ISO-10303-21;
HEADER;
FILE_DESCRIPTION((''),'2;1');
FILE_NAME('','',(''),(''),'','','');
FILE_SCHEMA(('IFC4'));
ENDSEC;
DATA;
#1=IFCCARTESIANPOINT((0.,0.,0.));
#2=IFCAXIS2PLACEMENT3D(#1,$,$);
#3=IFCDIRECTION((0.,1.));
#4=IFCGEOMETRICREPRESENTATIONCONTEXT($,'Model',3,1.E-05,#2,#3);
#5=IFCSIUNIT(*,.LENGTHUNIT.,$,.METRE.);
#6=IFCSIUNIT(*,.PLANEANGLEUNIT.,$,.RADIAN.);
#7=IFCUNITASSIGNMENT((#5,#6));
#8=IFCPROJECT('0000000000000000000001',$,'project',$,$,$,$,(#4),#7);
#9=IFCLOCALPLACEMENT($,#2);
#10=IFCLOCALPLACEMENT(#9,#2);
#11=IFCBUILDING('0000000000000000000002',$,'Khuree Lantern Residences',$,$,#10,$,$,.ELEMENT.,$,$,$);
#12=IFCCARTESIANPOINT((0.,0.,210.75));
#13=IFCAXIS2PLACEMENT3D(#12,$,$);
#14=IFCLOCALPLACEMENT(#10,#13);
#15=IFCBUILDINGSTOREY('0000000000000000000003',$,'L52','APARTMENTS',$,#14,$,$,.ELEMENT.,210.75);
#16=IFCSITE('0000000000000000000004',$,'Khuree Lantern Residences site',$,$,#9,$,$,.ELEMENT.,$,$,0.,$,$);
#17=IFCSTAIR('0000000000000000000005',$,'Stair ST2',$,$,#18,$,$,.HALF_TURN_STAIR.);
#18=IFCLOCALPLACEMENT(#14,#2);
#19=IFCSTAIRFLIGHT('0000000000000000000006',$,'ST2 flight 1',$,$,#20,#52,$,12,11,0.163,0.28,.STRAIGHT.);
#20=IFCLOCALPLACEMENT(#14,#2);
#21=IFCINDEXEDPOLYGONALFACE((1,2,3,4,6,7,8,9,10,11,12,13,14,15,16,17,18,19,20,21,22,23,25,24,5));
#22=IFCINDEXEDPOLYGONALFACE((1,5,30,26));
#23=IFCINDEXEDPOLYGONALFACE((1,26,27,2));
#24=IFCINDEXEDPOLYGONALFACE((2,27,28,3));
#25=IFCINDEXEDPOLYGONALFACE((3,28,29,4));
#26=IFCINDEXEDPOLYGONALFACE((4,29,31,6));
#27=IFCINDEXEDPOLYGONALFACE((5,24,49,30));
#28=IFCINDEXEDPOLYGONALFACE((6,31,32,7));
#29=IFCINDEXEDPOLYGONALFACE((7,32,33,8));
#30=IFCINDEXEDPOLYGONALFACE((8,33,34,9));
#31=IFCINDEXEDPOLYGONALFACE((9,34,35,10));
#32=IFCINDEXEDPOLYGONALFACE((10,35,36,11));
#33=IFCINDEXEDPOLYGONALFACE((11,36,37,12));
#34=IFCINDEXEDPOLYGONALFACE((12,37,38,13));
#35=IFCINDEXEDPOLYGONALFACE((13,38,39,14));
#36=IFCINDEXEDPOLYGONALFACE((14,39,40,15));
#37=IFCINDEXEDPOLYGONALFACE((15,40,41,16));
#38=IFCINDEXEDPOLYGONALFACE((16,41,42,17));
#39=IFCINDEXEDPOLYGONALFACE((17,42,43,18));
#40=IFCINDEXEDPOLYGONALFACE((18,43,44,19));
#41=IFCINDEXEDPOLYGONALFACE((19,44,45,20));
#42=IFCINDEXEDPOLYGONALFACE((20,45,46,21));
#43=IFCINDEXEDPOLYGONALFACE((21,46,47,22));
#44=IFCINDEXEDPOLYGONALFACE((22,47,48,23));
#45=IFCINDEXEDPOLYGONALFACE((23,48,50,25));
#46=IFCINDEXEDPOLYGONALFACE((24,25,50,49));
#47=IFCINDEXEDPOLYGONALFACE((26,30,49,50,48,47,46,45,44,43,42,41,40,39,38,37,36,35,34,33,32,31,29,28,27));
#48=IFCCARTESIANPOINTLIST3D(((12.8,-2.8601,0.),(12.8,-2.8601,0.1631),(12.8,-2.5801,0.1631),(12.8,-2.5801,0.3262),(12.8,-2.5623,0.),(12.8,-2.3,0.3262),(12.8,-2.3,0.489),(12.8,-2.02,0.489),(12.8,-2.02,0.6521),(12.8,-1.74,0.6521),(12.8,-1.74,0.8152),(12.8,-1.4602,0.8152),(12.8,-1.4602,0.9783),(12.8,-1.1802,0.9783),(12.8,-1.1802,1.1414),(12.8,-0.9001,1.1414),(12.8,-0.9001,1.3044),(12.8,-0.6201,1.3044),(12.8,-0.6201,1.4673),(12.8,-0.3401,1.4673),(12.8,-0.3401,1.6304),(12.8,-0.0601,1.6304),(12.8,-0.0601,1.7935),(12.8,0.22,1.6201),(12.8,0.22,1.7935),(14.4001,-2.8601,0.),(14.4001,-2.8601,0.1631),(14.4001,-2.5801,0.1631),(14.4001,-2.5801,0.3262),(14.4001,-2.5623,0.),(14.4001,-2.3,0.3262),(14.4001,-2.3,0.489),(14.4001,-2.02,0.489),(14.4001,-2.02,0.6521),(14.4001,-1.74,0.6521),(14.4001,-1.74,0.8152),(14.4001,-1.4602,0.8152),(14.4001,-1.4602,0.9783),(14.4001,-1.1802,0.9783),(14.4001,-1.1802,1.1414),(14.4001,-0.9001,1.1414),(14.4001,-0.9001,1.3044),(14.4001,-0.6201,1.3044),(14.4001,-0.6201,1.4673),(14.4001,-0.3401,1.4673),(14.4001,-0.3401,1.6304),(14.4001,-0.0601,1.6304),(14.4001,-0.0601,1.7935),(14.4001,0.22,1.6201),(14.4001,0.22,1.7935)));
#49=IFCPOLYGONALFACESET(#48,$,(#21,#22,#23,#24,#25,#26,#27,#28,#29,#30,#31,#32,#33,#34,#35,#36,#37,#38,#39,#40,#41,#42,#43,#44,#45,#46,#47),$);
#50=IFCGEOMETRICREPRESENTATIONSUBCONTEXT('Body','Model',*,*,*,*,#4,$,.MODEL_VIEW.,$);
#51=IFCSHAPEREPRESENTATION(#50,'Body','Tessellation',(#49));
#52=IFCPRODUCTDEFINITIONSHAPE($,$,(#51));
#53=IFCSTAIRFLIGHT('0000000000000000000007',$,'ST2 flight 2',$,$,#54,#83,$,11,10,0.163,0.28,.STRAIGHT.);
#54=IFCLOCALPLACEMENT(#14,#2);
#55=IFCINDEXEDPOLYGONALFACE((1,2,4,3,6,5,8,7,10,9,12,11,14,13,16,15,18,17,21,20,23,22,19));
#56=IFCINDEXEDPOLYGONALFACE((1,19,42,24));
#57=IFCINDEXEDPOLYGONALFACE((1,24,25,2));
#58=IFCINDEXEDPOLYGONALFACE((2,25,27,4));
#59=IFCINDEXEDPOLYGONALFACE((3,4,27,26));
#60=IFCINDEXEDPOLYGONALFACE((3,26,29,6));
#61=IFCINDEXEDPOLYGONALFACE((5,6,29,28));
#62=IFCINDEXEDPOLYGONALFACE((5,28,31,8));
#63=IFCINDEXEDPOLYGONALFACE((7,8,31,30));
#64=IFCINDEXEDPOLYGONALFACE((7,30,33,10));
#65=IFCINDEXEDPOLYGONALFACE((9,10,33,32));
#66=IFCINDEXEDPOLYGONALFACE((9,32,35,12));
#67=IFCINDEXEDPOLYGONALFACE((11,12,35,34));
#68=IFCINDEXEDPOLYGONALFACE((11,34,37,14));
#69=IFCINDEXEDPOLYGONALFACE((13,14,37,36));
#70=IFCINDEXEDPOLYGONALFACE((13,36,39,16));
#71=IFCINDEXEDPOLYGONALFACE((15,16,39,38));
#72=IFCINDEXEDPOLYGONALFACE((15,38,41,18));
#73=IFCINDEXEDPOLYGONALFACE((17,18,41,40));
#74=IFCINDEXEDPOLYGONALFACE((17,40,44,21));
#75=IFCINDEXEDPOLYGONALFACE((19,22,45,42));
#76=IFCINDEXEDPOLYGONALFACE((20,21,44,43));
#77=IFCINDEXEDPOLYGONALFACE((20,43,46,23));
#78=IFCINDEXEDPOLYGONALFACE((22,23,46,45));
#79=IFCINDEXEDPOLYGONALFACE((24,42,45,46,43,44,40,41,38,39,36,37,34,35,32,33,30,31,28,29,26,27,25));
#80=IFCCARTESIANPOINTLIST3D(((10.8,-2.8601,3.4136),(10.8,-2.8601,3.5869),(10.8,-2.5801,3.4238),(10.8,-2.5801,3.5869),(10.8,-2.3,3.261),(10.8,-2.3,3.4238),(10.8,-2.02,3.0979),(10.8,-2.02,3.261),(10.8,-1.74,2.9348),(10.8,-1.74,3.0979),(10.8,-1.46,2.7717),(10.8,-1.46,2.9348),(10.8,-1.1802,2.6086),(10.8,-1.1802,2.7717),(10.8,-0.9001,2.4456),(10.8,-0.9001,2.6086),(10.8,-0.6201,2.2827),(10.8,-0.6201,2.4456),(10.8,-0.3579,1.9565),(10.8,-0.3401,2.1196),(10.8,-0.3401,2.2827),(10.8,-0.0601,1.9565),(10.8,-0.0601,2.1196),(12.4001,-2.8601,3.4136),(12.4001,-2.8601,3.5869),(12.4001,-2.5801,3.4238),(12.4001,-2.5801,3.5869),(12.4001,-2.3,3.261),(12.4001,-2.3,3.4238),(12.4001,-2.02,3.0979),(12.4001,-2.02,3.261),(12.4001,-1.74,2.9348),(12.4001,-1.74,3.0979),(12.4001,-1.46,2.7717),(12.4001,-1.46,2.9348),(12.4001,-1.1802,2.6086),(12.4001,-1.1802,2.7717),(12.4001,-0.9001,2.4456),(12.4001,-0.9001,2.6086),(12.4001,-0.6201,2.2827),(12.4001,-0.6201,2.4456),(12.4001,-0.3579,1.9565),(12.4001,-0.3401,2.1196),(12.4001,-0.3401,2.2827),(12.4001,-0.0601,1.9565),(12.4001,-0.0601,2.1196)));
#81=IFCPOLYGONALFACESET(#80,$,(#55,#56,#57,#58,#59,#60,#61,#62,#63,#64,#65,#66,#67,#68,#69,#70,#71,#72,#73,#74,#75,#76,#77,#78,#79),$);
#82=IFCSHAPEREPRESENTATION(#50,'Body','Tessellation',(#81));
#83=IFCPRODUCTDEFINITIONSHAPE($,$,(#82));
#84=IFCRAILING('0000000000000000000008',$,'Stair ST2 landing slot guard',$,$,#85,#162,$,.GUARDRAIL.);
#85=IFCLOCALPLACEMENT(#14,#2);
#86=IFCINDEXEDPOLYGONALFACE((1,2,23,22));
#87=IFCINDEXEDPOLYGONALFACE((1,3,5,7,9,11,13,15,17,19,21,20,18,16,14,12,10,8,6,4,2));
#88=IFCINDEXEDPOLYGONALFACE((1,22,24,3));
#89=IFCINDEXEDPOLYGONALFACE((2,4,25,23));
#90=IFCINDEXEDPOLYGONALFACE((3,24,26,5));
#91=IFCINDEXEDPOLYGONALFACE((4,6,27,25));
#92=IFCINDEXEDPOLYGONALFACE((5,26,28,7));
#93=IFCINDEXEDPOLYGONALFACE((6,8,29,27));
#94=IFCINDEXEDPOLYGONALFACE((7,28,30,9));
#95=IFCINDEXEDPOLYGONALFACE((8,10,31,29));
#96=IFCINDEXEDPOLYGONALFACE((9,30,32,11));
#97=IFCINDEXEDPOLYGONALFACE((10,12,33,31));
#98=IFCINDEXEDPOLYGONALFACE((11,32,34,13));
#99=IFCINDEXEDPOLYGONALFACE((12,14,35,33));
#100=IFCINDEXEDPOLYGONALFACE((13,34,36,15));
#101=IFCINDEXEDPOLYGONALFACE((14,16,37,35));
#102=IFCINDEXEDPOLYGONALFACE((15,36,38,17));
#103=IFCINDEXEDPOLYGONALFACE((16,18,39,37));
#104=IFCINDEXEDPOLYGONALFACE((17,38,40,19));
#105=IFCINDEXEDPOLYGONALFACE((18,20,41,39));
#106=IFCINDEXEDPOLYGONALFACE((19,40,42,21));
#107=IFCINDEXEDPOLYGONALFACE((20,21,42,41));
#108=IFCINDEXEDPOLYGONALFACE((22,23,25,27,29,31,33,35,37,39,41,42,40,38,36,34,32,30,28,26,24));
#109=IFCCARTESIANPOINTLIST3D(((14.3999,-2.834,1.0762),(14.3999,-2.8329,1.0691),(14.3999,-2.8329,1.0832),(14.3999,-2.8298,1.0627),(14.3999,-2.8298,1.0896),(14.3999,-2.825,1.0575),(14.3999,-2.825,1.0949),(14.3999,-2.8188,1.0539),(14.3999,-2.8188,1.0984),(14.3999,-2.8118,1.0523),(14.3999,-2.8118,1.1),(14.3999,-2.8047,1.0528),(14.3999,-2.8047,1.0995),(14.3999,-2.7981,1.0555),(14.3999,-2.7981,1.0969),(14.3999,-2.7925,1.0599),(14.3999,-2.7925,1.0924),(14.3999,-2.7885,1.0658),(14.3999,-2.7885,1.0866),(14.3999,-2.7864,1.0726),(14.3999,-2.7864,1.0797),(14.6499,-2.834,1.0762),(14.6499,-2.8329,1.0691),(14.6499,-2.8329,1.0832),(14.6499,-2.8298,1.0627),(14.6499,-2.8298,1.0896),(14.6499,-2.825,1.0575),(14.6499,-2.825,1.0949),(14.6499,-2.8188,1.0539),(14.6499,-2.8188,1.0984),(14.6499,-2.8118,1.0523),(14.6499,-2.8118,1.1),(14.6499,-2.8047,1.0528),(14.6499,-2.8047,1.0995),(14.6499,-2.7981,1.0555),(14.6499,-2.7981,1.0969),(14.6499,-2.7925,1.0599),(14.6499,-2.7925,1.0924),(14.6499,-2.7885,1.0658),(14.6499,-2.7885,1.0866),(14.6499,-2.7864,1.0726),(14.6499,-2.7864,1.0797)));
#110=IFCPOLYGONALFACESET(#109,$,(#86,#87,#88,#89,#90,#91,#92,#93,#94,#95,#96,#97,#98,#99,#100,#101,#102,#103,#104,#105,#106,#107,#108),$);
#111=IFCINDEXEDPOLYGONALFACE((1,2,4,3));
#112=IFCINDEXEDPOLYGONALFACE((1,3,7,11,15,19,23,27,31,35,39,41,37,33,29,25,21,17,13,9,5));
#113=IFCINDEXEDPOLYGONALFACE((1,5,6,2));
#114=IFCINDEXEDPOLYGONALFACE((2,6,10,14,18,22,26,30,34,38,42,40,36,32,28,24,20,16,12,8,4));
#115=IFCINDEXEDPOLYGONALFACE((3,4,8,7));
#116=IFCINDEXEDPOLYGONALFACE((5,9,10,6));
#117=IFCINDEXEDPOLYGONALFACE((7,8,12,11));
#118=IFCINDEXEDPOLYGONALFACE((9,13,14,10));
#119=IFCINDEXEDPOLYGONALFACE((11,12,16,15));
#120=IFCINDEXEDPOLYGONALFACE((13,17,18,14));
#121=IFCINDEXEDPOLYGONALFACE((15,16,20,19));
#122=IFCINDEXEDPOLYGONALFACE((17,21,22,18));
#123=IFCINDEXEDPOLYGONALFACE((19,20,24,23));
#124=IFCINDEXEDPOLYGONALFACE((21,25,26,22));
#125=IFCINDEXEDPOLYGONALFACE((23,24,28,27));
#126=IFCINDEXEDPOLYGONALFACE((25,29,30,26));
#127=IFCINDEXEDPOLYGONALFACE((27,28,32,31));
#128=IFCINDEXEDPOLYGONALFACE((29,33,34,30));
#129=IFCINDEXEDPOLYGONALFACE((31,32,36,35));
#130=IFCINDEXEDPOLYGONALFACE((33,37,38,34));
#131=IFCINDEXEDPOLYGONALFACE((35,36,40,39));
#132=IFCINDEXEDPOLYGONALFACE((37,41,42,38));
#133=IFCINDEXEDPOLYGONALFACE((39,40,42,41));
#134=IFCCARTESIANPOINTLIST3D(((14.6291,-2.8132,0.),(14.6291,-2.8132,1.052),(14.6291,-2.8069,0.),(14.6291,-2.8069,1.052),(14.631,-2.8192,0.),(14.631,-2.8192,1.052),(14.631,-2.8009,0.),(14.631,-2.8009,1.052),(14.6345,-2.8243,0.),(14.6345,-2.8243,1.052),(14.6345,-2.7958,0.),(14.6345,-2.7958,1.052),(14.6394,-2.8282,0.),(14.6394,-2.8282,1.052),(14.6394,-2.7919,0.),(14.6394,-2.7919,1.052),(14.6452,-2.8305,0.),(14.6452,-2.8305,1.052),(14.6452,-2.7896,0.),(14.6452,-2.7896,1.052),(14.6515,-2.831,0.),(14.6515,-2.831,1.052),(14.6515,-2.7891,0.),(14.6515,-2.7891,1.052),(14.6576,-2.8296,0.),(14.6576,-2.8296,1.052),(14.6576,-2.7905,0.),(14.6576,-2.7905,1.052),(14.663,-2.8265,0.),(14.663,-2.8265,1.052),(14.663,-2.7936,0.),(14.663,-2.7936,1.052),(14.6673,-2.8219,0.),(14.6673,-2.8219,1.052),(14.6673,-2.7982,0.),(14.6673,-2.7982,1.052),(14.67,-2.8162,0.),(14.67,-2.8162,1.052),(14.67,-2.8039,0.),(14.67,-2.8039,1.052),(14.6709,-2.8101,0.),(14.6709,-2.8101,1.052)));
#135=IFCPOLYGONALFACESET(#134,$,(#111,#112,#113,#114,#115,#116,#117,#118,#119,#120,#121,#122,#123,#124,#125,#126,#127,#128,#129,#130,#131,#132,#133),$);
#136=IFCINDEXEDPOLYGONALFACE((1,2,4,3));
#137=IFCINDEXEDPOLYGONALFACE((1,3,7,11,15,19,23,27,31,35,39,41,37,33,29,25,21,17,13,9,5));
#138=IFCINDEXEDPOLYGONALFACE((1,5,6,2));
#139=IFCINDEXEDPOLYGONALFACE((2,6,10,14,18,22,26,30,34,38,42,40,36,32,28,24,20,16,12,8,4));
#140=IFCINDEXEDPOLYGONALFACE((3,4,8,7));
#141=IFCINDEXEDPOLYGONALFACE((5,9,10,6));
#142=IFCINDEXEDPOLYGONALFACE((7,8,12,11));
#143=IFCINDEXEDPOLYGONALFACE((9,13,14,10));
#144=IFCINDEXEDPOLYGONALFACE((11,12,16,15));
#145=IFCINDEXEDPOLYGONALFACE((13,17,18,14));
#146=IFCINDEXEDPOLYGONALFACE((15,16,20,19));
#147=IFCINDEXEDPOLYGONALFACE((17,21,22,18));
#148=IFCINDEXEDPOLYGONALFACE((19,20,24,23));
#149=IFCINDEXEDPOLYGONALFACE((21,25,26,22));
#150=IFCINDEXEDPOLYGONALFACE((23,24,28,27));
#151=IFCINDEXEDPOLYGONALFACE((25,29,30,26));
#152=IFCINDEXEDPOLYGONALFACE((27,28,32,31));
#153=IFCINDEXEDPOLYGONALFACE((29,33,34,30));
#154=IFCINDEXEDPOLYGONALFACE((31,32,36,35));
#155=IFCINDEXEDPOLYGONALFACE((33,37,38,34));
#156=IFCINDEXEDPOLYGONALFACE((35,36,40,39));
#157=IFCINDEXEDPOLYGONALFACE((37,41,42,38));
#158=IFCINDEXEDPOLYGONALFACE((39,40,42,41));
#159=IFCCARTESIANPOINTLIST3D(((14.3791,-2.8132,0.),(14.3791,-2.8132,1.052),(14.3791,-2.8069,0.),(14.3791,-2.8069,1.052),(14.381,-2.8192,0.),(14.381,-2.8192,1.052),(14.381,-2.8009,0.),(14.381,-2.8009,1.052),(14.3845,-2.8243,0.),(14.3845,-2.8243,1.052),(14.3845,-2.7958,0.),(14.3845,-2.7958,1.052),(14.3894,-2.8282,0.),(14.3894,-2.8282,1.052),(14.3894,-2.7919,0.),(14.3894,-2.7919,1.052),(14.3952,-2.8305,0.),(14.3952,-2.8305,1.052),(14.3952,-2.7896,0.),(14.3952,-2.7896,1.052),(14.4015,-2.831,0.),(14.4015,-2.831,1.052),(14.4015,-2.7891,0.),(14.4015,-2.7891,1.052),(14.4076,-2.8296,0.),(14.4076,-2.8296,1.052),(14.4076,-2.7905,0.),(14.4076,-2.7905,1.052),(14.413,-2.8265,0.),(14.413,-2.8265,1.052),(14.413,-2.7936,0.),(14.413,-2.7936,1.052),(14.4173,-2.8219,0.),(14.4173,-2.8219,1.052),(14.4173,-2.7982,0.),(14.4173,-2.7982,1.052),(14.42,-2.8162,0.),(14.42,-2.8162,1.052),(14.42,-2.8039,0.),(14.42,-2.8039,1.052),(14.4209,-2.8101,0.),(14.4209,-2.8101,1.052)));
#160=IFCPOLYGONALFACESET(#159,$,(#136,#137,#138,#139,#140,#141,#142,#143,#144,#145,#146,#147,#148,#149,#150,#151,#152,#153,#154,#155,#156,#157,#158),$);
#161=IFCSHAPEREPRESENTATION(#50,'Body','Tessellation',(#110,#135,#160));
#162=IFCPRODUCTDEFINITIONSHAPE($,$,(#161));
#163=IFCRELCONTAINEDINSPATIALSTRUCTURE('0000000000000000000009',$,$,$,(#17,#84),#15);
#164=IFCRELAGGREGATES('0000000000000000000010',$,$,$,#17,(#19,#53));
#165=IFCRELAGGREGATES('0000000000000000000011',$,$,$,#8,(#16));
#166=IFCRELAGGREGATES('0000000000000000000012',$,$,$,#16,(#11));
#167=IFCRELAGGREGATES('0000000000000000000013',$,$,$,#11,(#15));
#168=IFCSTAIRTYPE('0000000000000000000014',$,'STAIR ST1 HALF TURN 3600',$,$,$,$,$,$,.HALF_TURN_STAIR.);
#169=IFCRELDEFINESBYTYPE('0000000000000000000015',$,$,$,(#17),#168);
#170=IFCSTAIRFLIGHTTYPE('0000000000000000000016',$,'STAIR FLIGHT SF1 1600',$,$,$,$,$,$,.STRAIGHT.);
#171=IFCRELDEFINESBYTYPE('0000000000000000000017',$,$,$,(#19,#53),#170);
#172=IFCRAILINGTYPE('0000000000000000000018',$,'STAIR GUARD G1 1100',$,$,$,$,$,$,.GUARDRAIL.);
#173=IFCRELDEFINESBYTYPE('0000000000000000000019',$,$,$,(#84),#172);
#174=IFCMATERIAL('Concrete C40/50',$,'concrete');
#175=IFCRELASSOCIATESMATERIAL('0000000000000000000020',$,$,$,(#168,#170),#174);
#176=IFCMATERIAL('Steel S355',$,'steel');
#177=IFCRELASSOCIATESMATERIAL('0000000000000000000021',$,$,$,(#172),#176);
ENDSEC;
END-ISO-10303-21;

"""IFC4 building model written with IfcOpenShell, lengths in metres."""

from ifc_helpers import new_model, si_unit, direction, frame, origin, origin_2d, place, context, subcontext, project, spatial, polyline, circle, outline, extrude, material, type_object, element, aggregate, save


model = new_model("IFC4")

# Units and contexts
model_context = context("Model", 3, precision=1e-05, world=origin(), true_north=direction((0.0, 1.0)))
body_context = subcontext(model_context, "Body", "Model", "MODEL_VIEW")
ifc_project = project(units=[si_unit("LENGTHUNIT", "METRE"), si_unit("PLANEANGLEUNIT", "RADIAN")], contexts=[model_context])

# Site, building, storey
site_placement = place(None, origin())
site = spatial("IfcSite", under=ifc_project, at=site_placement, Name="Khuree Lantern Residences site", CompositionType="ELEMENT", RefElevation=0.0)
building_placement = place(site_placement, origin())
building = spatial("IfcBuilding", under=site, at=building_placement, Name="Khuree Lantern Residences", CompositionType="ELEMENT")
storey_placement = place(building_placement, frame((0.0, 0.0, 210.75)))
storey = spatial("IfcBuildingStorey", under=building, at=storey_placement, Name="L52", Description="APARTMENTS", CompositionType="ELEMENT", Elevation=210.75)

# Stair, stair flights
ifc_material_1 = material(Name="Concrete C40/50", Category="concrete")
stair_type = type_object("IfcStairType", Name="STAIR ST1 HALF TURN 3600", PredefinedType="HALF_TURN_STAIR", material=ifc_material_1)
stair_placement = place(storey_placement, origin())
stair = element("IfcStair", 1, at=stair_placement, inside=storey, type_object=stair_type, Name="Stair ST2", PredefinedType="HALF_TURN_STAIR")
stair_flight_type = type_object("IfcStairFlightType", Name="STAIR FLIGHT SF1 1600", PredefinedType="STRAIGHT", material=ifc_material_1)
stair_flight_1_placement = place(storey_placement, frame((13.6001, -2.8601, 0.0), z_axis=(0.0, 0.0, 1.0), x_axis=(0.0, 1.0, 0.0)))
stair_flight_1 = element("IfcStairFlight", 2, at=stair_flight_1_placement, type_object=stair_flight_type, Name="ST2 flight 1", NumberOfRisers=12, NumberOfTreads=11, PredefinedType="STRAIGHT", RiserHeight=0.163, TreadLength=0.28, context=body_context, shape_type="SweptSolid", body=[
    extrude(outline(polyline([(0.0, 0.0), (0.0, 0.1631), (0.28, 0.1631), (0.28, 0.3262), (0.5601, 0.3262), (0.5601, 0.489), (0.8401, 0.489), (0.8401, 0.6521), (1.1201, 0.6521), (1.1201, 0.8152), (1.3999, 0.8152), (1.3999, 0.9783), (1.6799, 0.9783), (1.6799, 1.1414), (1.96, 1.1414), (1.96, 1.3044), (2.24, 1.3044), (2.24, 1.4673), (2.52, 1.4673), (2.52, 1.6304), (2.8, 1.6304), (2.8, 1.7935), (3.0801, 1.7935), (3.0801, 1.9565), (3.0801, 1.6201), (0.2979, 0.0), (0.0, 0.0)])), frame((0.0, 0.8, 0.0), z_axis=(0.0, -1.0, 0.0), x_axis=(1.0, 0.0, 0.0)), (0.0, 0.0, 1.0), 1.6001),
])
stair_flight_2_placement = place(storey_placement, frame((11.6001, -0.0601, 1.9565), z_axis=(0.0, 0.0, 1.0), x_axis=(0.0, -1.0, 0.0)))
stair_flight_2 = element("IfcStairFlight", 3, at=stair_flight_2_placement, type_object=stair_flight_type, Name="ST2 flight 2", NumberOfRisers=11, NumberOfTreads=10, PredefinedType="STRAIGHT", RiserHeight=0.163, TreadLength=0.28, context=body_context, shape_type="SweptSolid", body=[
    extrude(outline(polyline([(0.0, 0.0), (0.0, 0.1631), (0.28, 0.1631), (0.28, 0.3262), (0.5601, 0.3262), (0.5601, 0.489), (0.8401, 0.489), (0.8401, 0.6521), (1.1201, 0.6521), (1.1201, 0.8152), (1.3999, 0.8152), (1.3999, 0.9783), (1.6799, 0.9783), (1.6799, 1.1414), (1.96, 1.1414), (1.96, 1.3044), (2.24, 1.3044), (2.24, 1.4673), (2.52, 1.4673), (2.52, 1.6304), (2.8, 1.6304), (2.8, 1.7935), (2.8, 1.457), (0.2979, 0.0), (0.0, 0.0)])), frame((0.0, 0.8, 0.0), z_axis=(0.0, -1.0, 0.0), x_axis=(1.0, 0.0, 0.0)), (0.0, 0.0, 1.0), 1.6001),
])
aggregate(stair, [stair_flight_1, stair_flight_2])

# Railing
ifc_material_2 = material(Name="Steel S355", Category="steel")
railing_type_1 = type_object("IfcRailingType", Name="STAIR GUARD G1 1100", PredefinedType="GUARDRAIL", material=ifc_material_2)
railing_1_placement = place(storey_placement, frame((14.6499, -2.8101, 0.0)))
element("IfcRailing", 4, at=railing_1_placement, inside=storey, type_object=railing_type_1, Name="Stair ST2 landing slot guard", PredefinedType="GUARDRAIL", context=body_context, shape_type="SweptSolid", body=[
    extrude(circle(Radius=0.0239, at=origin_2d()), frame((0.0, 0.0, 1.0762), z_axis=(-1.0, 0.0, 0.0), x_axis=(0.0, -1.0, 0.0)), (0.0, 0.0, 1.0), 0.25),
    extrude(circle(Radius=0.021, at=origin_2d()), origin(), (0.0, 0.0, 1.0), 1.052),
    extrude(circle(Radius=0.021, at=origin_2d()), frame((-0.25, 0.0, 0.0)), (0.0, 0.0, 1.0), 1.052),
])

save(model, "model.ifc")
